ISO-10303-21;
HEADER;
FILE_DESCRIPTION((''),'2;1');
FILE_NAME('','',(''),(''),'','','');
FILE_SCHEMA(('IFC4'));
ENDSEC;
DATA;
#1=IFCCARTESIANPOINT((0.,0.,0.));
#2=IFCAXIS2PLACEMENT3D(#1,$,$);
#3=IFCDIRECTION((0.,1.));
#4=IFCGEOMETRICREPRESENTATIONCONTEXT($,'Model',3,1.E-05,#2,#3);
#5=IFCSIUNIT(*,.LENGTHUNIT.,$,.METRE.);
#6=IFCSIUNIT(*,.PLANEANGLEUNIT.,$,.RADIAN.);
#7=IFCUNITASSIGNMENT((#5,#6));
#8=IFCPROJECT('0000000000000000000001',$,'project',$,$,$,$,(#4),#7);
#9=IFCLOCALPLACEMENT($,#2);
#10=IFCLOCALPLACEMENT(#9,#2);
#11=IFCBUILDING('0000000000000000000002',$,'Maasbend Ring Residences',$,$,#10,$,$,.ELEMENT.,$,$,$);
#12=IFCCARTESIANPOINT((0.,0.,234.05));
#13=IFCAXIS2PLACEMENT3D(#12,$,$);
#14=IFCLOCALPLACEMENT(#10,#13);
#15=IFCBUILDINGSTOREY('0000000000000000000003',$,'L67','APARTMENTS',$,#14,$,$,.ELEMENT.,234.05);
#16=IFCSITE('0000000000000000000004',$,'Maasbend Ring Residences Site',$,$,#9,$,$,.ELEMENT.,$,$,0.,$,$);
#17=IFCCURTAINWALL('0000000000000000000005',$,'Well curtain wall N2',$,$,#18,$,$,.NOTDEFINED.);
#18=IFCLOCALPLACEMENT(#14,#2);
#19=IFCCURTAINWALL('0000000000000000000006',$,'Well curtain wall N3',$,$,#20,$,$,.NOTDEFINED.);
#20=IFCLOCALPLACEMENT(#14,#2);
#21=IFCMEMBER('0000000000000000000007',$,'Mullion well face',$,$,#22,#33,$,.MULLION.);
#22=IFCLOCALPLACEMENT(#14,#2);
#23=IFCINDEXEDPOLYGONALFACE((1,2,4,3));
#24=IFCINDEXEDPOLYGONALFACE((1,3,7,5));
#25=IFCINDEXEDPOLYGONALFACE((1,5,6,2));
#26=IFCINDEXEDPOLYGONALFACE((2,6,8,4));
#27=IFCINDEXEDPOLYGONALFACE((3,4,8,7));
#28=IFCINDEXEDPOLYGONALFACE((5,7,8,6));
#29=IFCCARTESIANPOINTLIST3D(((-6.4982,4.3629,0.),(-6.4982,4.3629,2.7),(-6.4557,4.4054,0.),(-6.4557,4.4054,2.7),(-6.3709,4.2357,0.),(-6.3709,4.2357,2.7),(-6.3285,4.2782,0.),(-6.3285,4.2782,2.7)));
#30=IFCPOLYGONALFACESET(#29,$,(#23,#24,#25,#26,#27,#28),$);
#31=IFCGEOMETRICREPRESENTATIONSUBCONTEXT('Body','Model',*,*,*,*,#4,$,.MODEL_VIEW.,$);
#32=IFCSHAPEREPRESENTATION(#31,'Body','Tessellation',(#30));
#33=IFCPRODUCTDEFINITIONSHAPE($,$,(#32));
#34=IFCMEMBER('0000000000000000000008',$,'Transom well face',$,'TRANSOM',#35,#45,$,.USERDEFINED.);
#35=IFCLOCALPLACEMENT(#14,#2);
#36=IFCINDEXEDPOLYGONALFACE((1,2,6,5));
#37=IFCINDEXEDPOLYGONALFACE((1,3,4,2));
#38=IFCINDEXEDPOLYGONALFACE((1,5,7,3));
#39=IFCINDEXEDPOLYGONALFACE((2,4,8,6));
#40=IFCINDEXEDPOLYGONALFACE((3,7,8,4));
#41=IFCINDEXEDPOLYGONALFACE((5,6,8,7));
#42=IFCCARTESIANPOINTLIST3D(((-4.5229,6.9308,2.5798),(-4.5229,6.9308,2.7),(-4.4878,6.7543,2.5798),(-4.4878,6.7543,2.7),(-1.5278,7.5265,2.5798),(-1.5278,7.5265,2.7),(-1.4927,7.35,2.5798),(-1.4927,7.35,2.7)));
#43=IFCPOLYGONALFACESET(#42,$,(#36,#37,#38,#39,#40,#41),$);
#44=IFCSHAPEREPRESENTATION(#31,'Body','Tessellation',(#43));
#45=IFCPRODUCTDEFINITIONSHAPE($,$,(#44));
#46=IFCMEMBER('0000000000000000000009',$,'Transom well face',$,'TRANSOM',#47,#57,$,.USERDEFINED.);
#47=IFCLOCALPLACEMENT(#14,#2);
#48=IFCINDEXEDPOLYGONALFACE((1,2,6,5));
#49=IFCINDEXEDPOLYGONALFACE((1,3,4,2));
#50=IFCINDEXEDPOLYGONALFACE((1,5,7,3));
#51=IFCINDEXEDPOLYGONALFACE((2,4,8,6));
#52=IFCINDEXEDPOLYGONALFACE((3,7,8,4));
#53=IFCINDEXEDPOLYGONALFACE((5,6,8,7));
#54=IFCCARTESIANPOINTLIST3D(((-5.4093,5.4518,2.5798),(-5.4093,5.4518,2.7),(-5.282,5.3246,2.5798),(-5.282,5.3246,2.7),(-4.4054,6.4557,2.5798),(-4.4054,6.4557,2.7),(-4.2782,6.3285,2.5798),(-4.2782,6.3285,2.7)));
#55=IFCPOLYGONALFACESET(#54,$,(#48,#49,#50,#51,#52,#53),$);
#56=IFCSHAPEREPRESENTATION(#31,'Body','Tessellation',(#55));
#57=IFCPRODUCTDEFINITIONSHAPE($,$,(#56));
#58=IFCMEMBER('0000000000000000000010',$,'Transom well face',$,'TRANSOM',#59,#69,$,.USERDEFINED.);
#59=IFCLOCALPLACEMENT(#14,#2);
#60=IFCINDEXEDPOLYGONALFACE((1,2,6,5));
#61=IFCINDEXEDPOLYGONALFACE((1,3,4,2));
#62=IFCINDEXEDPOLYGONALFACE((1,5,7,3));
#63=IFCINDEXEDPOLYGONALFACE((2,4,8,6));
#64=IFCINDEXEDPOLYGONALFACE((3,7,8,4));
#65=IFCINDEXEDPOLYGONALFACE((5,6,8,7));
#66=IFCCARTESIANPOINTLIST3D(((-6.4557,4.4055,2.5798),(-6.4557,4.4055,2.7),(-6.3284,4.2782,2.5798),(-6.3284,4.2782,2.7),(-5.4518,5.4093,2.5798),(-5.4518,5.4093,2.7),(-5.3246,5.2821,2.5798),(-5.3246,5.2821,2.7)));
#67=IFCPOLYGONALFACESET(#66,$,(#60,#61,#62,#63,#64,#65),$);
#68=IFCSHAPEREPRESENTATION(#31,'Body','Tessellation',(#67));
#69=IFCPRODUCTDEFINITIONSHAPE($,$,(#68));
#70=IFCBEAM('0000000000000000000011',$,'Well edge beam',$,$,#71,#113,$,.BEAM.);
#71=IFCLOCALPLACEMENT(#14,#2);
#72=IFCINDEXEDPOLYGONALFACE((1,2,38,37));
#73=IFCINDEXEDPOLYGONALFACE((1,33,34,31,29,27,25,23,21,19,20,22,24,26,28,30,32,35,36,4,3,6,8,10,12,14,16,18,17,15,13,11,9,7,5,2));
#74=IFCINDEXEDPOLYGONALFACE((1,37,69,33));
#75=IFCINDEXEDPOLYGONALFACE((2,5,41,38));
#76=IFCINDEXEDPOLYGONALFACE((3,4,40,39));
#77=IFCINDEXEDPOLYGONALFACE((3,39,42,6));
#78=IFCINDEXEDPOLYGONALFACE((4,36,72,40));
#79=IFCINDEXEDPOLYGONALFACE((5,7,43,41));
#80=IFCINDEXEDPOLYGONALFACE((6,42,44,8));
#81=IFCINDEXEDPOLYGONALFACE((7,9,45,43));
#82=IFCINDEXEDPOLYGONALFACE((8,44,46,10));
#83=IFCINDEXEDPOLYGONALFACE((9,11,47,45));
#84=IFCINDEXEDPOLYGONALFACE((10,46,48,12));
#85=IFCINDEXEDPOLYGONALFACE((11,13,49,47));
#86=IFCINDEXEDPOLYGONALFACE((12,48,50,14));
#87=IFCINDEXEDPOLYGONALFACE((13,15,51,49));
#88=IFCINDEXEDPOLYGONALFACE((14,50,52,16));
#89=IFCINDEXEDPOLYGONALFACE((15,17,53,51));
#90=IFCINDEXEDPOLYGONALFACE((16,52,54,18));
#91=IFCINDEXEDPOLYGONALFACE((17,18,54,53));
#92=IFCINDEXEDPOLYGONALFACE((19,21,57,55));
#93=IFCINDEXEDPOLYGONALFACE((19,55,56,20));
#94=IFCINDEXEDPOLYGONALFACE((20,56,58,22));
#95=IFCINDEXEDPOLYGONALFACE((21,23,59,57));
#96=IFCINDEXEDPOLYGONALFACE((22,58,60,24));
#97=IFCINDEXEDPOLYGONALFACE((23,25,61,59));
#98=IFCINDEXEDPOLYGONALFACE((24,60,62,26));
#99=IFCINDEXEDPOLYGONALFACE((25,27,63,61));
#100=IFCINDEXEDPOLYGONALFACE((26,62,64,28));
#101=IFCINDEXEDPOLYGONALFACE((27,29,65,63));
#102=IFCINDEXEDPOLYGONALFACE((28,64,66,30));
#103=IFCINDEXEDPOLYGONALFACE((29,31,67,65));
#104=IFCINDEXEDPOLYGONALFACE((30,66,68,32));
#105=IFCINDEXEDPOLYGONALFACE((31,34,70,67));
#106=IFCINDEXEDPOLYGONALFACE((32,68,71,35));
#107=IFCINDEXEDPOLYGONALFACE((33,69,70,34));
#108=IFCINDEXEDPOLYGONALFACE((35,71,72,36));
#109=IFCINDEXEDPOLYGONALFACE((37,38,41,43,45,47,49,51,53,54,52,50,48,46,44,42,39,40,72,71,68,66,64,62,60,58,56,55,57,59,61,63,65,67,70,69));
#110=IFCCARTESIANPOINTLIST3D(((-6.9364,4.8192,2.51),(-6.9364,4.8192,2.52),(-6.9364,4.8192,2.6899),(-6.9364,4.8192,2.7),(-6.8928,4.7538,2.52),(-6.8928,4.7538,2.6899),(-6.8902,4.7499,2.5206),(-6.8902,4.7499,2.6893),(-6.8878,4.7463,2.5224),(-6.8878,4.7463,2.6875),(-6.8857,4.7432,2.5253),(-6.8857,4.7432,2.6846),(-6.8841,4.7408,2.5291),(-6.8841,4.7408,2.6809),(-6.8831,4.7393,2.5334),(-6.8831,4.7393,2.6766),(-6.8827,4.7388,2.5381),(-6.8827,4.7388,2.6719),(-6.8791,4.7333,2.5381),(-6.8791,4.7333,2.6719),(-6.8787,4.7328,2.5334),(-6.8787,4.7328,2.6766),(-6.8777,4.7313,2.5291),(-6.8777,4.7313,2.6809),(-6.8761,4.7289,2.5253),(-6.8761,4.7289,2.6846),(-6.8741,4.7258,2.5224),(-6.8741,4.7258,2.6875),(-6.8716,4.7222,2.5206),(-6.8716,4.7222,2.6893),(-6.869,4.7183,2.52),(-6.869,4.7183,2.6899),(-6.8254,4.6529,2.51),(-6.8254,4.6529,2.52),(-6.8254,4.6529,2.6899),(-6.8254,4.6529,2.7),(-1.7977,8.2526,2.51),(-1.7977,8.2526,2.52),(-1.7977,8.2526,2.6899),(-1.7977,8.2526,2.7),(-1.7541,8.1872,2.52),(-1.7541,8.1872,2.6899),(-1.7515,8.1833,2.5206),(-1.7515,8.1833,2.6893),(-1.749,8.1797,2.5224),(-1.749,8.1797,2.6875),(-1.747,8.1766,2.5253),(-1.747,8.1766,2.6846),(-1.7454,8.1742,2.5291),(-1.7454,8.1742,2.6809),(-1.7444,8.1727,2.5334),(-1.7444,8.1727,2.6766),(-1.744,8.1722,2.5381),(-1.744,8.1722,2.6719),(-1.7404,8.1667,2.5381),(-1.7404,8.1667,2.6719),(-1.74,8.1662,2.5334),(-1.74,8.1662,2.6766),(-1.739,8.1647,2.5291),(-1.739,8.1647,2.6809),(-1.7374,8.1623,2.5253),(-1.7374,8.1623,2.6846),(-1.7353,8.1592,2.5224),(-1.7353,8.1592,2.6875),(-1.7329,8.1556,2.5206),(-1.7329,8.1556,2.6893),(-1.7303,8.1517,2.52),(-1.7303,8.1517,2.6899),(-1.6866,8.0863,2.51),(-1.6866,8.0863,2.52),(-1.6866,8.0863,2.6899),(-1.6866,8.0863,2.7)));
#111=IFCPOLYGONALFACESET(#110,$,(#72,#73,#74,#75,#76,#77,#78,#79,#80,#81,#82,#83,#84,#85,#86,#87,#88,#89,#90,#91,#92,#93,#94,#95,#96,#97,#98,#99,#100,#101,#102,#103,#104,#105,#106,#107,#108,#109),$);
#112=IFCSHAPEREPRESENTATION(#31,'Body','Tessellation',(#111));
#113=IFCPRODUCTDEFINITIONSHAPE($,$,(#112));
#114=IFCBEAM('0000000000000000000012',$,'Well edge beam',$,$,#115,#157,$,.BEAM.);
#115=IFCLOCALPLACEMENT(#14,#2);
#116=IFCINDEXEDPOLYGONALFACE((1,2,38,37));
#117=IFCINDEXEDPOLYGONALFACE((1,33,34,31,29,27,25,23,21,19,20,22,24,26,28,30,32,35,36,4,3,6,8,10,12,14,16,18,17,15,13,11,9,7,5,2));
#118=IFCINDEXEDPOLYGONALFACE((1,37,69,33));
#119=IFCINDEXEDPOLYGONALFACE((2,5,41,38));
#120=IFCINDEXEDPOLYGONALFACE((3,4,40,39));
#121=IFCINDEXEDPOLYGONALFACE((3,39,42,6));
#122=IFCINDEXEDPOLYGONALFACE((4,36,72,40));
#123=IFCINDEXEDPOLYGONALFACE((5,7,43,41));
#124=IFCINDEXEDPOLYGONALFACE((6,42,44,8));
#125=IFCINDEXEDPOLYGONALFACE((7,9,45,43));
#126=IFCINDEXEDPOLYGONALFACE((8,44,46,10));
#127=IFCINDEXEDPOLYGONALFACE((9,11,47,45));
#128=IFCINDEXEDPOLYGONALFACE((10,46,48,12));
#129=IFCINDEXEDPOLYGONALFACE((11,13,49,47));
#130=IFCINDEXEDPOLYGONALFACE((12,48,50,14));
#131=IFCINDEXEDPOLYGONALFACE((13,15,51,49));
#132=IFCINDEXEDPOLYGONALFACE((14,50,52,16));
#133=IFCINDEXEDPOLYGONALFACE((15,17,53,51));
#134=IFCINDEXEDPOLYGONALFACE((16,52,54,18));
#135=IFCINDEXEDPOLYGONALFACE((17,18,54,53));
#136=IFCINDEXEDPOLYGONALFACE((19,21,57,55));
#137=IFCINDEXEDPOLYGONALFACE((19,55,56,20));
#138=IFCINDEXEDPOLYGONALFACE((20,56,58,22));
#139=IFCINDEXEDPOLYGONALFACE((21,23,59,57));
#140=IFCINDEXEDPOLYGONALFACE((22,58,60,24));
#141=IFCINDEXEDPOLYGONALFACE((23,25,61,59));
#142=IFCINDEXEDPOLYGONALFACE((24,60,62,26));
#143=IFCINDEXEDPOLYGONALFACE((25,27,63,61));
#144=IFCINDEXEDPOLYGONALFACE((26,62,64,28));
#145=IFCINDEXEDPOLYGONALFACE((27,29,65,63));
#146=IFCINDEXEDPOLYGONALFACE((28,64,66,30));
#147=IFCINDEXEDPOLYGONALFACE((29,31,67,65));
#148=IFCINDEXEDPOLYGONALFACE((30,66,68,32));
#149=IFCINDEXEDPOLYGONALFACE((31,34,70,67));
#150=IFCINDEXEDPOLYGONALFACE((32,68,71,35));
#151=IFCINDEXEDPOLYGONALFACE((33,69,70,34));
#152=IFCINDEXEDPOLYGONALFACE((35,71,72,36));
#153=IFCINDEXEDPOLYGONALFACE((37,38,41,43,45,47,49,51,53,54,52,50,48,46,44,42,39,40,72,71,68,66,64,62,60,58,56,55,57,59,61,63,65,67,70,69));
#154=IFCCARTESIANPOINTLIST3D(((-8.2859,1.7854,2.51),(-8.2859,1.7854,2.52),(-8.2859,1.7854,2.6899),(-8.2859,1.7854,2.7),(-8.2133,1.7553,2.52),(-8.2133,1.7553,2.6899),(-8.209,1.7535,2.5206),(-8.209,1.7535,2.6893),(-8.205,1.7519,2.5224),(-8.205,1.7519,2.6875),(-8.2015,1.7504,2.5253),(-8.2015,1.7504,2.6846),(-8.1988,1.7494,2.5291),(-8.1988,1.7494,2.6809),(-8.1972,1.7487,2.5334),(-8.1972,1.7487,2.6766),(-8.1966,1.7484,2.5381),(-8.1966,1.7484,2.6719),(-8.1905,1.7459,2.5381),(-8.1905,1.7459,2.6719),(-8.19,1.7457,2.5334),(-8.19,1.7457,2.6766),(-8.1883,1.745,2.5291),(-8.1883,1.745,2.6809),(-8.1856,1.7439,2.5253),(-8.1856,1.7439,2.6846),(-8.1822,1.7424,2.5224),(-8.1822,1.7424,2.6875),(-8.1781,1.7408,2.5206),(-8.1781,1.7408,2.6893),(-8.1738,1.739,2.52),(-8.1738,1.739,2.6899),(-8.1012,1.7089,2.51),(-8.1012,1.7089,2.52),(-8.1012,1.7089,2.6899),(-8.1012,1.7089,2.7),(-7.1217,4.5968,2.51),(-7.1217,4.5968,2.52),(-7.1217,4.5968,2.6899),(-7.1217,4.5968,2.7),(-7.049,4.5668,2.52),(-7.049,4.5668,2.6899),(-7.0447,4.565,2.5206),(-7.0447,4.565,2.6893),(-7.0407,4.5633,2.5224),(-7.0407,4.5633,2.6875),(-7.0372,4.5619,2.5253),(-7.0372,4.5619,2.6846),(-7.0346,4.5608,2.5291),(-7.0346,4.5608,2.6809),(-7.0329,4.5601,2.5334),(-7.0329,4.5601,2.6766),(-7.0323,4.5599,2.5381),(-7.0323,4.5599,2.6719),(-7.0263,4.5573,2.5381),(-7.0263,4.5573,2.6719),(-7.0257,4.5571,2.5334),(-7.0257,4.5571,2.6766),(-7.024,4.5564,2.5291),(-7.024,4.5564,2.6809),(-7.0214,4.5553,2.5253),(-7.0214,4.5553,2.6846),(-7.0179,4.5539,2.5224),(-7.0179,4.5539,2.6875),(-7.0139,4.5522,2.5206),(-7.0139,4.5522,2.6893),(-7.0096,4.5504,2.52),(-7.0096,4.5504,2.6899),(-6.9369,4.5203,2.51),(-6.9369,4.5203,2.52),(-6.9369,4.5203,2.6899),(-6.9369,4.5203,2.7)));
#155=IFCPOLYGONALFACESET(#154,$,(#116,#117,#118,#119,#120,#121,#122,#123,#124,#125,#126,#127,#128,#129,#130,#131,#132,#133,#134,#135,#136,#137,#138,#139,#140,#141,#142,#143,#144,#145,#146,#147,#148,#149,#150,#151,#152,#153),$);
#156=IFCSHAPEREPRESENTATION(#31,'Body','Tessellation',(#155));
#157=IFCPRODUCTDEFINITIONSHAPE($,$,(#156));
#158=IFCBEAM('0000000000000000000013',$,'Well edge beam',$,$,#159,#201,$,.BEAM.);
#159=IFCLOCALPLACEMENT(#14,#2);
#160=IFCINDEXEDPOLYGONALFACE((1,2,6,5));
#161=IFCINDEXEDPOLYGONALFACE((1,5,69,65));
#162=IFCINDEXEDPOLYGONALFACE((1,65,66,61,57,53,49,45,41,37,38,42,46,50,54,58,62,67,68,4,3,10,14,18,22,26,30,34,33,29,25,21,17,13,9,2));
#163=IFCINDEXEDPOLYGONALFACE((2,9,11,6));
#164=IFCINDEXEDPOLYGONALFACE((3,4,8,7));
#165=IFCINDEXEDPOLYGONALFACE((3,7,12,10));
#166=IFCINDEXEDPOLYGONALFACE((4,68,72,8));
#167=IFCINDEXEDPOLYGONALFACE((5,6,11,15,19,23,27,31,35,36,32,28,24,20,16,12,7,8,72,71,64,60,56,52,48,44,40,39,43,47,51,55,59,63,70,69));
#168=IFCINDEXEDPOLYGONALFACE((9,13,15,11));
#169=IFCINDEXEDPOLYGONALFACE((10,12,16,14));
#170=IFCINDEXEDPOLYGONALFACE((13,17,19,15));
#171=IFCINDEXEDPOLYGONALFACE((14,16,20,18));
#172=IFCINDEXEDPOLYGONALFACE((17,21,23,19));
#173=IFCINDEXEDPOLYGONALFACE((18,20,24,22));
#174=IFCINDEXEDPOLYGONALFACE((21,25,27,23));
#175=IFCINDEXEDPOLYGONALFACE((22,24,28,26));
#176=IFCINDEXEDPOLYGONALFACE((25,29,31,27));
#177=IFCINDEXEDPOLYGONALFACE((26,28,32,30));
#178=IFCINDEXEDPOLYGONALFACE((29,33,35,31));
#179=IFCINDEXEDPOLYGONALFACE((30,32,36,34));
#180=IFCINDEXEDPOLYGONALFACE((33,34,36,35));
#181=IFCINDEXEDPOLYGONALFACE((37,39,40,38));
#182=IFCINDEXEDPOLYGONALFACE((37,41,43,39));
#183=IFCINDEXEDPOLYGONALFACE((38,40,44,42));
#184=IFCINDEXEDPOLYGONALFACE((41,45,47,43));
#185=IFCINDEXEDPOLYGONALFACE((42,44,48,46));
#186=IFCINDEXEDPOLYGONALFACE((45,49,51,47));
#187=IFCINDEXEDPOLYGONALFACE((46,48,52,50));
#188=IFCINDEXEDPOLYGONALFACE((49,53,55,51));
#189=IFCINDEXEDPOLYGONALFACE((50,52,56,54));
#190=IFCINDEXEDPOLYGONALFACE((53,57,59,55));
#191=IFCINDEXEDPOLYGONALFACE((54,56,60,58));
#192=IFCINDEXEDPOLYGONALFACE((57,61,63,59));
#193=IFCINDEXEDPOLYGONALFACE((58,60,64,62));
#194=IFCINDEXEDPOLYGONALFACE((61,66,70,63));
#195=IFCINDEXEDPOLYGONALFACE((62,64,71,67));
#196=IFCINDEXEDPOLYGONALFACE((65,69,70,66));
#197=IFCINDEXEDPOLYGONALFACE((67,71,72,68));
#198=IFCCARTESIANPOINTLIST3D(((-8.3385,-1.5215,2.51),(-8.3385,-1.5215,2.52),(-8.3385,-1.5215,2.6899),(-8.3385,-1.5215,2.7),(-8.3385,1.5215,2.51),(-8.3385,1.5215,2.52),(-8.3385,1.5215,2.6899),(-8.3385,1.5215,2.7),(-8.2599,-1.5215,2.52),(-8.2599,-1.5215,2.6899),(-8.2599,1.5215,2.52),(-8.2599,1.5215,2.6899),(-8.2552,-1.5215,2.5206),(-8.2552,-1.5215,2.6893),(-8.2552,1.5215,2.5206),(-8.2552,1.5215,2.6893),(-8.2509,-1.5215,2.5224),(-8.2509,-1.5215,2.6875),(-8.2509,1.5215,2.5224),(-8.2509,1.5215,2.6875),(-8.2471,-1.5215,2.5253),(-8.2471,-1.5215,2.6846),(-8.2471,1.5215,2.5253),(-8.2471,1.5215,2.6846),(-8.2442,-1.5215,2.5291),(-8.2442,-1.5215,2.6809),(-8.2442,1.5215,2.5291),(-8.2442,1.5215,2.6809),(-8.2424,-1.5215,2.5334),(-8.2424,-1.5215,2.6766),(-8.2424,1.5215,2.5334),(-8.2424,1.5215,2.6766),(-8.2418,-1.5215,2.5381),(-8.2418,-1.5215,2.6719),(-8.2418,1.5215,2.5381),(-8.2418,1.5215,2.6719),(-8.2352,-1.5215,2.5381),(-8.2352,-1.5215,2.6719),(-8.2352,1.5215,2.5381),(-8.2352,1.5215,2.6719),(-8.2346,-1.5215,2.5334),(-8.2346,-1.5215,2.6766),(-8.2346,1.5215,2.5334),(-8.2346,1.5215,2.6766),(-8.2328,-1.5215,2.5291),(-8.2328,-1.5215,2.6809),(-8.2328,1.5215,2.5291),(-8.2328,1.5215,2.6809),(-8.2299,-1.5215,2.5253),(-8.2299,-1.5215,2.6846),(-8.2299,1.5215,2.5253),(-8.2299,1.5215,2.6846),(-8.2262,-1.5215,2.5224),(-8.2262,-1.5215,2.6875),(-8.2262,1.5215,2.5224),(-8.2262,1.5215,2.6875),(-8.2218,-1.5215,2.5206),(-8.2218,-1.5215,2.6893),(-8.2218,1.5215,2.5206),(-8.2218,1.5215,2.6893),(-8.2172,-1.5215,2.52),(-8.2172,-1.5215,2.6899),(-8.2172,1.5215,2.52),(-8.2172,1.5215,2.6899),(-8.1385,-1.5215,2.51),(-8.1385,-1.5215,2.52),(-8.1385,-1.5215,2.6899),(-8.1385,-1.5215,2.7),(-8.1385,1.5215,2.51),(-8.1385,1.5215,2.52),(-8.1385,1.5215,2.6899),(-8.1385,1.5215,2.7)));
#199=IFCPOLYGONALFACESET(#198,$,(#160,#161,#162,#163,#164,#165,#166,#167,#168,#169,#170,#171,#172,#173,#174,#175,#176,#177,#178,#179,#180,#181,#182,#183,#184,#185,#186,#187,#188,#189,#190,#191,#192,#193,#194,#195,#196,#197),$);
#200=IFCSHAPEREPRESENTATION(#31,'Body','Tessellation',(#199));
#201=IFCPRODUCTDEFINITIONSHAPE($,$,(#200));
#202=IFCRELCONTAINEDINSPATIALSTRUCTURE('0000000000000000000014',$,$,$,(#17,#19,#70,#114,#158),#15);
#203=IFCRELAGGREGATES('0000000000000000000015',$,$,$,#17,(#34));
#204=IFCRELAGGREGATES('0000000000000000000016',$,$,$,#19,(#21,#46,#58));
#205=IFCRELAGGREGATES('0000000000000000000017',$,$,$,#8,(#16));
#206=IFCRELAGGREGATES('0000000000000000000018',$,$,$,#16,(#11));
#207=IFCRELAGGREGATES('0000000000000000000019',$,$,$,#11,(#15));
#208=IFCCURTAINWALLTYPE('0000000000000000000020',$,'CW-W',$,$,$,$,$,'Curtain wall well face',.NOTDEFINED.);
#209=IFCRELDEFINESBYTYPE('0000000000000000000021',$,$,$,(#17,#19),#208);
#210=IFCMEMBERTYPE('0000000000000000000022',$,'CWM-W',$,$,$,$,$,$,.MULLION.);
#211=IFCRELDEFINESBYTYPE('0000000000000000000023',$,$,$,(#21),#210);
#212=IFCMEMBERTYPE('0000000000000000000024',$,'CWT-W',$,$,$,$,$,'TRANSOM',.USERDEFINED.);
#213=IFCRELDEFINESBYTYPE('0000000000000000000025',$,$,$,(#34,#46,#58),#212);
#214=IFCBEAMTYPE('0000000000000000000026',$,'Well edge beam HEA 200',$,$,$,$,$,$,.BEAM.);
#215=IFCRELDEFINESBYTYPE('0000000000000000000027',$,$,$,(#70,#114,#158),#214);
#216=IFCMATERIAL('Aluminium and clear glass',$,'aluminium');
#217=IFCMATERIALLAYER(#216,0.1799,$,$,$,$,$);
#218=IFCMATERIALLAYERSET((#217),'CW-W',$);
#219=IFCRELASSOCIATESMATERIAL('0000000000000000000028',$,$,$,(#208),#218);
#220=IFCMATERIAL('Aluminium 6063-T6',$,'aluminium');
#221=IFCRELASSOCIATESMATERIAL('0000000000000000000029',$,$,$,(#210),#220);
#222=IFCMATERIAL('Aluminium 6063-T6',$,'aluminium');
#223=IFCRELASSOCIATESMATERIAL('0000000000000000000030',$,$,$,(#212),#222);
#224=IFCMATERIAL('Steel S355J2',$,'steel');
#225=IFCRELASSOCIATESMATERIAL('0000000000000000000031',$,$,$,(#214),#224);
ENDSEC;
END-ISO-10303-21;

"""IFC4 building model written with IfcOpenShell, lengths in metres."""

from ifc_helpers import new_model, si_unit, direction, frame, origin, origin_2d, place, context, subcontext, project, spatial, rectangle, i_section, extrude, material, layer, layer_set, material_profile, profile_set, type_object, element, aggregate, save


model = new_model("IFC4")

# Units and contexts
model_context = context("Model", 3, precision=1e-05, world=origin(), true_north=direction((0.0, 1.0)))
body_context = subcontext(model_context, "Body", "Model", "MODEL_VIEW")
ifc_project = project(units=[si_unit("LENGTHUNIT", "METRE"), si_unit("PLANEANGLEUNIT", "RADIAN")], contexts=[model_context])

# Site, building, storey
site_placement = place(None, origin())
site = spatial("IfcSite", under=ifc_project, at=site_placement, Name="Maasbend Ring Residences Site", CompositionType="ELEMENT", RefElevation=0.0)
building_placement = place(site_placement, origin())
building = spatial("IfcBuilding", under=site, at=building_placement, Name="Maasbend Ring Residences", CompositionType="ELEMENT")
storey_placement = place(building_placement, frame((0.0, 0.0, 234.05)))
storey = spatial("IfcBuildingStorey", under=building, at=storey_placement, Name="L67", Description="APARTMENTS", CompositionType="ELEMENT", Elevation=234.05)

# Curtain walls, member
ifc_material_1 = material(Name="Aluminium and clear glass", Category="aluminium")
ifc_layer_1 = layer(ifc_material_1, 0.1799)
ifc_layer_set_1 = layer_set([ifc_layer_1], Name="CW-W")
curtain_wall_type = type_object("IfcCurtainWallType", Name="CW-W", ElementType="Curtain wall well face", PredefinedType="NOTDEFINED", material=ifc_layer_set_1)
curtain_wall_1_placement = place(storey_placement, origin())
curtain_wall_1 = element("IfcCurtainWall", 1, at=curtain_wall_1_placement, inside=storey, type_object=curtain_wall_type, Name="Well curtain wall N2", PredefinedType="NOTDEFINED")
ifc_material_2 = material(Name="Aluminium 6063-T6", Category="aluminium")
ifc_material_profile_1 = material_profile(ifc_material_2, rectangle(XDim=0.1799, YDim=0.0601, at=origin_2d()), Name="AL 180x60")
ifc_profile_set_1 = profile_set([ifc_material_profile_1], Name="Aluminium 6063-T6")
member_type_1 = type_object("IfcMemberType", Name="CWM-W", PredefinedType="MULLION", material=ifc_profile_set_1)
curtain_wall_2_placement = place(storey_placement, origin())
curtain_wall_2 = element("IfcCurtainWall", 2, at=curtain_wall_2_placement, inside=storey, type_object=curtain_wall_type, Name="Well curtain wall N3", PredefinedType="NOTDEFINED")
member_1_placement = place(storey_placement, frame((-6.4133, 4.3206, 0.0), z_axis=(0.0, 0.0, 1.0), x_axis=(0.707107, -0.707107, 0.0)))
member_1 = element("IfcMember", 3, at=member_1_placement, type_object=member_type_1, Name="Mullion well face", PredefinedType="MULLION", context=body_context, shape_type="SweptSolid", body=[
    extrude(rectangle(XDim=0.1799, YDim=0.0601, at=origin_2d()), origin(), (0.0, 0.0, 1.0), 2.7),
])

# Members
ifc_material_3 = material(Name="Aluminium 6063-T6", Category="aluminium")
ifc_material_profile_2 = material_profile(ifc_material_3, rectangle(XDim=0.1799, YDim=0.1201, at=origin_2d()), Name="AL 180x120")
ifc_profile_set_2 = profile_set([ifc_material_profile_2], Name="Aluminium 6063-T6")
member_type_2 = type_object("IfcMemberType", Name="CWT-W", ElementType="TRANSOM", PredefinedType="USERDEFINED", material=ifc_profile_set_2)
member_2_placement = place(storey_placement, frame((-1.5103, 7.4382, 2.6399), z_axis=(-0.980789, -0.195071, 0.0), x_axis=(0.195071, -0.980789, 0.0)))
member_2 = element("IfcMember", 4, at=member_2_placement, type_object=member_type_2, Name="Transom well face", ObjectType="TRANSOM", PredefinedType="USERDEFINED", context=body_context, shape_type="SweptSolid", body=[
    extrude(rectangle(XDim=0.1799, YDim=0.1201, at=origin_2d()), origin(), (0.0, 0.0, 1.0), 3.0537),
])
member_3_placement = place(storey_placement, frame((-4.3418, 6.3921, 2.6399), z_axis=(-0.707107, -0.707107, 0.0), x_axis=(0.707107, -0.707107, 0.0)))
member_3 = element("IfcMember", 5, at=member_3_placement, type_object=member_type_2, Name="Transom well face", ObjectType="TRANSOM", PredefinedType="USERDEFINED", context=body_context, shape_type="SweptSolid", body=[
    extrude(rectangle(XDim=0.1799, YDim=0.1201, at=origin_2d()), origin(), (0.0, 0.0, 1.0), 1.4197),
])
member_4_placement = place(storey_placement, frame((-5.3882, 5.3457, 2.6399), z_axis=(-0.707107, -0.707107, 0.0), x_axis=(0.707107, -0.707107, 0.0)))
member_4 = element("IfcMember", 6, at=member_4_placement, type_object=member_type_2, Name="Transom well face", ObjectType="TRANSOM", PredefinedType="USERDEFINED", context=body_context, shape_type="SweptSolid", body=[
    extrude(rectangle(XDim=0.1799, YDim=0.1201, at=origin_2d()), origin(), (0.0, 0.0, 1.0), 1.4197),
])

# Beams
ifc_material_4 = material(Name="Steel S355J2", Category="steel")
ifc_material_profile_3 = material_profile(ifc_material_4, i_section(OverallWidth=0.2, OverallDepth=0.1899, WebThickness=0.0066, FlangeThickness=0.01, FilletRadius=0.0181, at=origin_2d()), Name="HEA 200")
ifc_profile_set_3 = profile_set([ifc_material_profile_3], Name="Steel S355J2")
beam_type = type_object("IfcBeamType", Name="Well edge beam HEA 200", PredefinedType="BEAM", material=ifc_profile_set_3)
beam_placement = place(storey_placement, frame((-1.7422, 8.1694, 2.605), z_axis=(-0.831485, -0.555548, 0.0), x_axis=(0.555548, -0.831485, 0.0)))
element("IfcBeam", 7, at=beam_placement, inside=storey, type_object=beam_type, Name="Well edge beam", PredefinedType="BEAM", context=body_context, shape_type="SweptSolid", body=[
    extrude(i_section(OverallWidth=0.2, OverallDepth=0.1899, WebThickness=0.0066, FlangeThickness=0.01, FilletRadius=0.0181, at=origin_2d()), origin(), (0.0, 0.0, 1.0), 6.1802),
])
for number, where, z_axis, x_axis, name in (
    (8, (-7.0293, 4.5586, 2.605), (-0.382609, -0.92391, 0.0), (0.92391, -0.382609, 0.0), "Well edge beam"),
    (9, (-8.2385, 1.5215, 2.605), (0.0, -1.0, 0.0), (1.0, 0.0, 0.0), "Well edge beam"),
):
    element("IfcBeam", number, at=place(storey_placement, frame(where, z_axis=z_axis, x_axis=x_axis)), inside=storey, type_object=beam_type, Name=name, PredefinedType="BEAM", context=body_context, shape_type="SweptSolid", body=[
        extrude(i_section(OverallWidth=0.2, OverallDepth=0.1899, WebThickness=0.0066, FlangeThickness=0.01, FilletRadius=0.0181, at=origin_2d()), origin(), (0.0, 0.0, 1.0), 3.043),
    ])

aggregate(curtain_wall_1, [member_2])
aggregate(curtain_wall_2, [member_1, member_3, member_4])

save(model, "model.ifc")
